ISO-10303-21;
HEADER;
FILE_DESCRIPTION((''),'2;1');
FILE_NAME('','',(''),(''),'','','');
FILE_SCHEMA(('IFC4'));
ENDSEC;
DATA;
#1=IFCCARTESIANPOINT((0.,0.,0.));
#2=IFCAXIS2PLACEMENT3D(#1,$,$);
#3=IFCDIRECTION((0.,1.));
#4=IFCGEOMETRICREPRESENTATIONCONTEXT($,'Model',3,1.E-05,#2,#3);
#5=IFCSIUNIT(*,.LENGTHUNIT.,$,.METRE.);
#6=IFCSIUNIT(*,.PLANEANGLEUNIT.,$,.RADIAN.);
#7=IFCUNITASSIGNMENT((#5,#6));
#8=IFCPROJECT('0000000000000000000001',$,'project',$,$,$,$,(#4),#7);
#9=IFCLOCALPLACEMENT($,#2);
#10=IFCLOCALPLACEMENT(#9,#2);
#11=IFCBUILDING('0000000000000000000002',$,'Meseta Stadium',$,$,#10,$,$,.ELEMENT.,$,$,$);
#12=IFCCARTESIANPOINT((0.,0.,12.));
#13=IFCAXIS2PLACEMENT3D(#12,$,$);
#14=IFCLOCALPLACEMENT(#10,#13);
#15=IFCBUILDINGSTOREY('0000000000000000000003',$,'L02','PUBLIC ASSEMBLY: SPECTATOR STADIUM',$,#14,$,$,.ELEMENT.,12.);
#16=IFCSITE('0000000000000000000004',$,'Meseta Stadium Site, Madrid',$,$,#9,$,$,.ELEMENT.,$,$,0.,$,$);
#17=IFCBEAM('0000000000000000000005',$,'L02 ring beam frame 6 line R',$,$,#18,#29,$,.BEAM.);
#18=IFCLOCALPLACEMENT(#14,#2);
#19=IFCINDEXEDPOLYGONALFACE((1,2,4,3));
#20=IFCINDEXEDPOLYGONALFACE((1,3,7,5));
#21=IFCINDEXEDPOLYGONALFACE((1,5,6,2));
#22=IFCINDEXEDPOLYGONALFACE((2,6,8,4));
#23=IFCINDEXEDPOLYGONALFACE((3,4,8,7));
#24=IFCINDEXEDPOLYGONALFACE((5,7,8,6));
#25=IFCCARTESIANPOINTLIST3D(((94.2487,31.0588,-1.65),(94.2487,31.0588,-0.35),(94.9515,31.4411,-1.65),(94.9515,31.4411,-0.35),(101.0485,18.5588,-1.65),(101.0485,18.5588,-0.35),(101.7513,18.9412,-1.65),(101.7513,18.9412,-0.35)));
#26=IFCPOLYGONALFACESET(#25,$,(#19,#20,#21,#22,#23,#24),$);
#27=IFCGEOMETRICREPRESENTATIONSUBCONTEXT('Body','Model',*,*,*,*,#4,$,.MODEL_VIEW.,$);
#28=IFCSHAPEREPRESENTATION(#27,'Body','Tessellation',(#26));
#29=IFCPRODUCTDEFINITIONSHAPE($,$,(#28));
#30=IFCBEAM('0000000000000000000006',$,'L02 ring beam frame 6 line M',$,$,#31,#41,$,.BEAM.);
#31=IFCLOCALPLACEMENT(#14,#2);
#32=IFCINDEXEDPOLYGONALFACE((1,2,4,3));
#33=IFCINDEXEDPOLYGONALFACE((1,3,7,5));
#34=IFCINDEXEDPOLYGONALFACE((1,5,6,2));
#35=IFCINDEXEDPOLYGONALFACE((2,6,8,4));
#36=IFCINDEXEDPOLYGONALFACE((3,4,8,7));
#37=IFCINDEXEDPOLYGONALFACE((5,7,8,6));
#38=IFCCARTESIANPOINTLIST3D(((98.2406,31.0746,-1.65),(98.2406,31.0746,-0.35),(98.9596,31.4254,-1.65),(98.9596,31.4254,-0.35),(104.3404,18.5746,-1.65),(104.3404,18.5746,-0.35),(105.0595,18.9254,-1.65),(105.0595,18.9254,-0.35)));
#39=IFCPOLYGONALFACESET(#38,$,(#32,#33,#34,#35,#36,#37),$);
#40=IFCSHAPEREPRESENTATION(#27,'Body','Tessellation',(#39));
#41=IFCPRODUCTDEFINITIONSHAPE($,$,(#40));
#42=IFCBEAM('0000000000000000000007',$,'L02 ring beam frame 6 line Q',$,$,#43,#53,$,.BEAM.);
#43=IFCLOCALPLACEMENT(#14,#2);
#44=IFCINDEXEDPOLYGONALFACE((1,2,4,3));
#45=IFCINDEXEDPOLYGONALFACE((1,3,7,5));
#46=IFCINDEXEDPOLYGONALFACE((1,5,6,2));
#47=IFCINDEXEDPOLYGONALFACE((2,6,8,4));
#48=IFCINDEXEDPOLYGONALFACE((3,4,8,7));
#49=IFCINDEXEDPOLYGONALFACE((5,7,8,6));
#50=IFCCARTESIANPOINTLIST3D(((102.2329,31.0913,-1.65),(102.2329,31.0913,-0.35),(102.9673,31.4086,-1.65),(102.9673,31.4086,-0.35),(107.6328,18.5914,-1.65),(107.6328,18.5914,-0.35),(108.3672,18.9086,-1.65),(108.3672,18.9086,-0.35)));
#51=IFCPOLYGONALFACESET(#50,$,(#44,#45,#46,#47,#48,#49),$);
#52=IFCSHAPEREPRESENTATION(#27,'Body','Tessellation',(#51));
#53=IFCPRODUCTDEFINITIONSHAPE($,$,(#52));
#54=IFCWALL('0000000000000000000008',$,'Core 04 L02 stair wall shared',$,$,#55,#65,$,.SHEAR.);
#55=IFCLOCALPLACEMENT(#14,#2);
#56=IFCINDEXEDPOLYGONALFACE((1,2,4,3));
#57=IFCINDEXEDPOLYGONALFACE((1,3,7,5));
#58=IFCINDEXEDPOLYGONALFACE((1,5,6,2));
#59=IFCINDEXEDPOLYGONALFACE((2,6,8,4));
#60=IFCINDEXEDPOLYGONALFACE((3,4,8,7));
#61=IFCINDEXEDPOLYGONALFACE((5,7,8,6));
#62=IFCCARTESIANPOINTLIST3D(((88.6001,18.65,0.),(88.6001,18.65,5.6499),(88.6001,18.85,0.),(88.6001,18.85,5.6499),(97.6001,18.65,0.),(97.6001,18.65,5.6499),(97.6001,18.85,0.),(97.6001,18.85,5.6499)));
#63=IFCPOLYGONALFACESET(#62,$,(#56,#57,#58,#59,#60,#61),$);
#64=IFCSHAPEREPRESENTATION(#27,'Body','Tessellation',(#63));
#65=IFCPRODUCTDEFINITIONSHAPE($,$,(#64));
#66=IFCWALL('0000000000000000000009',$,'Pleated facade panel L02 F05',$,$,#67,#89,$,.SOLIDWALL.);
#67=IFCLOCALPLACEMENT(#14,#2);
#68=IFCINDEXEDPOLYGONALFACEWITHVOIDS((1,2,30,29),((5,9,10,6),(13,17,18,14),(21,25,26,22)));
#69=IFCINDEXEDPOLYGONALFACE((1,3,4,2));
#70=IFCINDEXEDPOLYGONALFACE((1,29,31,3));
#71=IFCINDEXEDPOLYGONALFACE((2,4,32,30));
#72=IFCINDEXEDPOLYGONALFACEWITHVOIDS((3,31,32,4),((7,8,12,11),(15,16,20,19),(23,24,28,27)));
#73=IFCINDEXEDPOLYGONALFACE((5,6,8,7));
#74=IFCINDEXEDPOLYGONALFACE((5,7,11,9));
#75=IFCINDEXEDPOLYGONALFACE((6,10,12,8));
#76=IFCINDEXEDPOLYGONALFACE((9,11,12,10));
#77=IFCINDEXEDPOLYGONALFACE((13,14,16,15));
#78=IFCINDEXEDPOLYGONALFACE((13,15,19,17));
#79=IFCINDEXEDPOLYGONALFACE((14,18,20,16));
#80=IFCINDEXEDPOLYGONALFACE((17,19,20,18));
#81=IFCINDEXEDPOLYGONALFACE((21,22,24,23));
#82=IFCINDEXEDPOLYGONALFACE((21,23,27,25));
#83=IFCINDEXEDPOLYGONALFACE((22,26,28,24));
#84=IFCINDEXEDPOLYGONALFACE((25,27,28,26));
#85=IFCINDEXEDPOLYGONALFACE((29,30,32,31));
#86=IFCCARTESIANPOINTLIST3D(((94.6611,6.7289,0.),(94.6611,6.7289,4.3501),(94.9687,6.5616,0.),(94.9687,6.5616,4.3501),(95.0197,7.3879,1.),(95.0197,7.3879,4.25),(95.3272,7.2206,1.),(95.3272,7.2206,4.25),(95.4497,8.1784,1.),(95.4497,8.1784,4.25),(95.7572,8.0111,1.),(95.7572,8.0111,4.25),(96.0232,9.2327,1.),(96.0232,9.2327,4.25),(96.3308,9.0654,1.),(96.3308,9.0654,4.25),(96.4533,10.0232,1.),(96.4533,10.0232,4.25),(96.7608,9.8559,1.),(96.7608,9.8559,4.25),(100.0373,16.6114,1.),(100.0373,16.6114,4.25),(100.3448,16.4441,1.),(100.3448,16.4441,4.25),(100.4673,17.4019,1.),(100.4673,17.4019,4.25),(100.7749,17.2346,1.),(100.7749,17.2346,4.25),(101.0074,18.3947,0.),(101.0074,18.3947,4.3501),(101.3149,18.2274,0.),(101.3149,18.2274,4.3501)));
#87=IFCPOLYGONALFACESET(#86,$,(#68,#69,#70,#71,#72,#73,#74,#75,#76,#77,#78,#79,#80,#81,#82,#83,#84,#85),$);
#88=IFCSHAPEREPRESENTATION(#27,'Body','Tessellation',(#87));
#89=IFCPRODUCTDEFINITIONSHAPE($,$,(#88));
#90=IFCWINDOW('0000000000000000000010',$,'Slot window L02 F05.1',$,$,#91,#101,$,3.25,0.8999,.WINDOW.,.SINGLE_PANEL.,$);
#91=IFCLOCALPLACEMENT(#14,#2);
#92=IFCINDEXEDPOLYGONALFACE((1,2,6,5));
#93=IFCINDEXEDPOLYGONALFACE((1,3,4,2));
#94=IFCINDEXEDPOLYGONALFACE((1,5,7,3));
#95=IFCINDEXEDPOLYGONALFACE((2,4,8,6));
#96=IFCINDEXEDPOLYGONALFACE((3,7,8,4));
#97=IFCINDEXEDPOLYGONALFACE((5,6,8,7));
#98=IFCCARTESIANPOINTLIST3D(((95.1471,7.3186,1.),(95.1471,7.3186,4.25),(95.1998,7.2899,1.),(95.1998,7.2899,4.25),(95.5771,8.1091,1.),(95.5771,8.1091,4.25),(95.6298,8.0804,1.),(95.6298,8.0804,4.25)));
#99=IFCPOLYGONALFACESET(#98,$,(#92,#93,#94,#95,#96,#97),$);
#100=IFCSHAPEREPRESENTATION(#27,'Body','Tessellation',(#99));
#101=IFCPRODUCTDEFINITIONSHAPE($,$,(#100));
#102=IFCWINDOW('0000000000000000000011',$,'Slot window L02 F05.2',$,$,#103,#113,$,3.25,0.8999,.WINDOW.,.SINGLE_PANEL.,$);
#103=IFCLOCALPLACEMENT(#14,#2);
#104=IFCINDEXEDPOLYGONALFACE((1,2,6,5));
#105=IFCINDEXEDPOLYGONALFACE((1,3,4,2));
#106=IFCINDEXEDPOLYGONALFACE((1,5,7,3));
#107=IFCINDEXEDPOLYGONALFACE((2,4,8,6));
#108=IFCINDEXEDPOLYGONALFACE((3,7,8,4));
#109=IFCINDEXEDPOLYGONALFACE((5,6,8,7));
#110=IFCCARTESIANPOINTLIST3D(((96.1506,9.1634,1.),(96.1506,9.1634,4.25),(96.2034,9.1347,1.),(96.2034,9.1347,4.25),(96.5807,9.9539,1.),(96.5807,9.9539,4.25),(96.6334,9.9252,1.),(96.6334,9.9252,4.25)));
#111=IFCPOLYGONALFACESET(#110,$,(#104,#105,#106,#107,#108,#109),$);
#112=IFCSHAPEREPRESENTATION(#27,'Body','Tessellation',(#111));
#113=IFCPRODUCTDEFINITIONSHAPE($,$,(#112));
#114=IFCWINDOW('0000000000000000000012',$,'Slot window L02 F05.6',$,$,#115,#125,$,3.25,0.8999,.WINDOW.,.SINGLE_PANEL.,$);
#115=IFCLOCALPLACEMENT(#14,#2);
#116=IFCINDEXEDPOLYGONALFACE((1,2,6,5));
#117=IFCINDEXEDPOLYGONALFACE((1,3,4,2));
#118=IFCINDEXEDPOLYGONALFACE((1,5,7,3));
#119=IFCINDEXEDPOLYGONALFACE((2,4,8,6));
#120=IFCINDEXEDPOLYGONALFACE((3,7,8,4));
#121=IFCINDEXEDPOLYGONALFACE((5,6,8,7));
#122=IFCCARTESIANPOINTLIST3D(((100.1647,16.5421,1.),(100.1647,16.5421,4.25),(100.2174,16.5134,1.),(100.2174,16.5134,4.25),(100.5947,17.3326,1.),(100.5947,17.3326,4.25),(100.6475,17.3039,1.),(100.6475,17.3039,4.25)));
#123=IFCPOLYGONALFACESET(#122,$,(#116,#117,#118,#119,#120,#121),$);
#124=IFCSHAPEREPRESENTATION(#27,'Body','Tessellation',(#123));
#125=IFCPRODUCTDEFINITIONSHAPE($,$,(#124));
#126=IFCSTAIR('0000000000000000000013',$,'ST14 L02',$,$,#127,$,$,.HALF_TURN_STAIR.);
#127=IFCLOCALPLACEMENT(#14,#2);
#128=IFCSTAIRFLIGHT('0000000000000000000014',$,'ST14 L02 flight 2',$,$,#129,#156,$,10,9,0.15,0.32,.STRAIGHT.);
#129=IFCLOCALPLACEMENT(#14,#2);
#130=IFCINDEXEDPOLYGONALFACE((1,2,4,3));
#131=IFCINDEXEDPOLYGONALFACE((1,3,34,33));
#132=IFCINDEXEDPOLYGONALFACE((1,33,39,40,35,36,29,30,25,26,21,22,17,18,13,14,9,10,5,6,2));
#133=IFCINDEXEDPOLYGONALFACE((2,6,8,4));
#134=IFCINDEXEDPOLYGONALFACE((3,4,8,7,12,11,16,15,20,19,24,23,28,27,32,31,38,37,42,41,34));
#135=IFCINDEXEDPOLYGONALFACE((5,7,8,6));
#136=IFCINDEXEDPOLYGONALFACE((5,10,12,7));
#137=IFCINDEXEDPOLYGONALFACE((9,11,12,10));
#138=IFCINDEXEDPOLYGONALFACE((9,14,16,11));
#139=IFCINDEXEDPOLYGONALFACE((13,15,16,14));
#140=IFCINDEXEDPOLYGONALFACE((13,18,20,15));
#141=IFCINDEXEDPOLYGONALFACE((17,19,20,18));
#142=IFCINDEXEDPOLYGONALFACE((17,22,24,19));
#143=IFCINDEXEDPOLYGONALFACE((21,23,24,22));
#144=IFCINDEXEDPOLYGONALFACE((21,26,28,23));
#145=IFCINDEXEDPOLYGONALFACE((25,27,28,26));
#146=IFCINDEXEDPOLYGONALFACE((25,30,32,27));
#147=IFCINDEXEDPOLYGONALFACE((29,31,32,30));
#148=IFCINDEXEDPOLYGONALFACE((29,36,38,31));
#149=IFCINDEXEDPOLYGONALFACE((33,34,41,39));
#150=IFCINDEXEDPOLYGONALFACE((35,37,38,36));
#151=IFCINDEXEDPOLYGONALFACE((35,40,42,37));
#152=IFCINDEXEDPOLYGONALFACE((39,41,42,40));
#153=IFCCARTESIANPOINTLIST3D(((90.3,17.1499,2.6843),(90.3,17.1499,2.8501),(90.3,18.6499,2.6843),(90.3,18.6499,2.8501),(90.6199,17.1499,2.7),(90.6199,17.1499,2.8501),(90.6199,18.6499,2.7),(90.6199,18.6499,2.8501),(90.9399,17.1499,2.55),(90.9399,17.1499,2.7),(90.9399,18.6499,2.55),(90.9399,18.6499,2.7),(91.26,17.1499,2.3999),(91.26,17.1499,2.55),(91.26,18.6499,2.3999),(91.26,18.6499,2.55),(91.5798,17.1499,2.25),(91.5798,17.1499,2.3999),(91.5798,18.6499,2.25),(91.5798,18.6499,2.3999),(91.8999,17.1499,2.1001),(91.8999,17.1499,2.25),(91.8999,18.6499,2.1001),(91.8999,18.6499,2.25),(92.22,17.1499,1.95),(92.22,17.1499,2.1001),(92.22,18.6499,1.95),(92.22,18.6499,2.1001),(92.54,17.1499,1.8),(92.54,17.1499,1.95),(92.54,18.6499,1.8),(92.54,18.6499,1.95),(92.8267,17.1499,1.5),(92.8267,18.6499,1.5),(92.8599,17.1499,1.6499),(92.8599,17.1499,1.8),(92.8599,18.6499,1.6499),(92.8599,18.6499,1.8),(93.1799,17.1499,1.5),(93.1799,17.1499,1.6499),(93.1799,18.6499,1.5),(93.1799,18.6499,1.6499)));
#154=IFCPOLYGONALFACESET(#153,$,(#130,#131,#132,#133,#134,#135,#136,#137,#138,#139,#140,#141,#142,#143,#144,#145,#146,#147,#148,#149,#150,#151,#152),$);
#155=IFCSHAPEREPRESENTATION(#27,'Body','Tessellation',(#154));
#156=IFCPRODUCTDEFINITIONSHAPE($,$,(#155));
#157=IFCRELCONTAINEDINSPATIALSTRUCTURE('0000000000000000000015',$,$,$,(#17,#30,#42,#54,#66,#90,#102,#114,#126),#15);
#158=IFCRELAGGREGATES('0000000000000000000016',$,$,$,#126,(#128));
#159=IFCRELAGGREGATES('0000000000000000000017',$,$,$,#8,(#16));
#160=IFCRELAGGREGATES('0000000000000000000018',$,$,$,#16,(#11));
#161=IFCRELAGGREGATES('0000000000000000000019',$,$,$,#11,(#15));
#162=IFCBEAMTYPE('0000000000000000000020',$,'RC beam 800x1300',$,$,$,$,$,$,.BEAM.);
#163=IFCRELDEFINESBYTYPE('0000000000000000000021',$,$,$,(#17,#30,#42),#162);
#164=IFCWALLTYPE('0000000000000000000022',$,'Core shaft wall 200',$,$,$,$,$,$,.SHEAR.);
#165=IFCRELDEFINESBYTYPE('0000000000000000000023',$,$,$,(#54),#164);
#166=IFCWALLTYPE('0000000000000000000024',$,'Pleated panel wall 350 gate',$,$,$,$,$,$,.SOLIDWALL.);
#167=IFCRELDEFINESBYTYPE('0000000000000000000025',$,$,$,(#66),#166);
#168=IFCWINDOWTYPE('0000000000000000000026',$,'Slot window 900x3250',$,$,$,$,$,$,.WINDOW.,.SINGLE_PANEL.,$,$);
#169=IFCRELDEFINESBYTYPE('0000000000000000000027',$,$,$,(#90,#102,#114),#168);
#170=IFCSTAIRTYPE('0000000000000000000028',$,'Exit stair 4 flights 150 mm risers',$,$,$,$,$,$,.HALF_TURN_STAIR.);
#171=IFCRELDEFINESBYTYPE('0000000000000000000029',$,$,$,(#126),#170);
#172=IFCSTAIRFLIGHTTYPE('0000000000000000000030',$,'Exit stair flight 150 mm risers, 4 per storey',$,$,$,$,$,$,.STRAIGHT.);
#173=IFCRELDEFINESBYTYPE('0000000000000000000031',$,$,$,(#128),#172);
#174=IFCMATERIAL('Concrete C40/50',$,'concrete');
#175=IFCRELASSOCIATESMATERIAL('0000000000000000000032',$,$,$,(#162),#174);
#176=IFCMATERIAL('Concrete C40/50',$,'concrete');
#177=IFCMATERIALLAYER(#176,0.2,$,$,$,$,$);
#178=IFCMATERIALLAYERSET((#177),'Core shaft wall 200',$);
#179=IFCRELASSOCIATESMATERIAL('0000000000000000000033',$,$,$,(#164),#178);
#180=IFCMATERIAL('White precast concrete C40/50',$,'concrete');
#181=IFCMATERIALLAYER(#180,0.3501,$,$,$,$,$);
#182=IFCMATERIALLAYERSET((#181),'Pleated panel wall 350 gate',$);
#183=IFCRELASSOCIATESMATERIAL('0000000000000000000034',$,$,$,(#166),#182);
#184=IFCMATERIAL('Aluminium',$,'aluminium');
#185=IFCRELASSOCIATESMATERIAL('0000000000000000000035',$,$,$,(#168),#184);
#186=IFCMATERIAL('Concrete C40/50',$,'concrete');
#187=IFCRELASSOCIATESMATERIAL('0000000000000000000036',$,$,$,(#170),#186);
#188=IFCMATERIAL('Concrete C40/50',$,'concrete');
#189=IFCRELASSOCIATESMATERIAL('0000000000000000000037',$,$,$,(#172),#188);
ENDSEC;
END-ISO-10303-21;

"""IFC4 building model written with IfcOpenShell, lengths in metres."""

from ifc_helpers import new_model, si_unit, direction, frame, frame_2d, origin, origin_2d, place, context, subcontext, project, spatial, polyline, rectangle, outline, extrude, material, layer, layer_set, material_profile, profile_set, type_object, element, fill, aggregate, save


model = new_model("IFC4")

# Units and contexts
model_context = context("Model", 3, precision=1e-05, world=origin(), true_north=direction((0.0, 1.0)))
body_context = subcontext(model_context, "Body", "Model", "MODEL_VIEW")
ifc_project = project(units=[si_unit("LENGTHUNIT", "METRE"), si_unit("PLANEANGLEUNIT", "RADIAN")], contexts=[model_context])

# Site, building, storey
site_placement = place(None, origin())
site = spatial("IfcSite", under=ifc_project, at=site_placement, Name="Meseta Stadium Site, Madrid", CompositionType="ELEMENT", RefElevation=0.0)
building_placement = place(site_placement, origin())
building = spatial("IfcBuilding", under=site, at=building_placement, Name="Meseta Stadium", CompositionType="ELEMENT")
storey_placement = place(building_placement, frame((0.0, 0.0, 12.0)))
storey = spatial("IfcBuildingStorey", under=building, at=storey_placement, Name="L02", Description="PUBLIC ASSEMBLY: SPECTATOR STADIUM", CompositionType="ELEMENT", Elevation=12.0)

# Beams
ifc_material_1 = material(Name="Concrete C40/50", Category="concrete")
ifc_material_profile_1 = material_profile(ifc_material_1, rectangle(XDim=0.8, YDim=1.3, at=origin_2d()), Name="RC 800x1300")
ifc_profile_set_1 = profile_set([ifc_material_profile_1], Name="Concrete C40/50")
beam_type_1 = type_object("IfcBeamType", Name="RC beam 800x1300", PredefinedType="BEAM", material=ifc_profile_set_1)
beam_1_placement = place(storey_placement, frame((101.3999, 18.75, -1.0), z_axis=(-0.477856, 0.878438, 0.0), x_axis=(-0.878438, -0.477856, 0.0)))
element("IfcBeam", 1, at=beam_1_placement, inside=storey, type_object=beam_type_1, Name="L02 ring beam frame 6 line R", PredefinedType="BEAM", context=body_context, shape_type="SweptSolid", body=[
    extrude(rectangle(XDim=0.8, YDim=1.3, at=origin_2d()), origin(), (0.0, 0.0, 1.0), 14.2297),
])
beam_2_placement = place(storey_placement, frame((104.7, 18.75, -1.0), z_axis=(-0.438557, 0.898703, 0.0), x_axis=(-0.898703, -0.438557, 0.0)))
element("IfcBeam", 2, at=beam_2_placement, inside=storey, type_object=beam_type_1, Name="L02 ring beam frame 6 line M", PredefinedType="BEAM", context=body_context, shape_type="SweptSolid", body=[
    extrude(rectangle(XDim=0.8, YDim=1.3, at=origin_2d()), origin(), (0.0, 0.0, 1.0), 13.9089),
])
beam_3_placement = place(storey_placement, frame((108.0, 18.75, -1.0), z_axis=(-0.396571, 0.918004, 0.0), x_axis=(-0.918004, -0.396571, 0.0)))
element("IfcBeam", 3, at=beam_3_placement, inside=storey, type_object=beam_type_1, Name="L02 ring beam frame 6 line Q", PredefinedType="BEAM", context=body_context, shape_type="SweptSolid", body=[
    extrude(rectangle(XDim=0.8, YDim=1.3, at=origin_2d()), origin(), (0.0, 0.0, 1.0), 13.6165),
])

# Wall
ifc_material_2 = material(Name="Concrete C40/50", Category="concrete")
ifc_layer_1 = layer(ifc_material_2, 0.2)
ifc_layer_set_1 = layer_set([ifc_layer_1], Name="Core shaft wall 200")
wall_type_1 = type_object("IfcWallType", Name="Core shaft wall 200", PredefinedType="SHEAR", material=ifc_layer_set_1)
wall_1_placement = place(storey_placement, frame((97.6001, 18.75, 0.0), z_axis=(0.0, 0.0, 1.0), x_axis=(-1.0, 0.0, 0.0)))
element("IfcWall", 4, at=wall_1_placement, inside=storey, type_object=wall_type_1, Name="Core 04 L02 stair wall shared", PredefinedType="SHEAR", context=body_context, shape_type="SweptSolid", body=[
    extrude(rectangle(XDim=9.0, YDim=0.2, at=frame_2d((4.5, 0.0))), origin(), (0.0, 0.0, 1.0), 5.6499),
])

# Wall, openings, windows
ifc_material_3 = material(Name="White precast concrete C40/50", Category="concrete")
ifc_layer_2 = layer(ifc_material_3, 0.3501)
ifc_layer_set_2 = layer_set([ifc_layer_2], Name="Pleated panel wall 350 gate")
wall_type_2 = type_object("IfcWallType", Name="Pleated panel wall 350 gate", PredefinedType="SOLIDWALL", material=ifc_layer_set_2)
wall_2_placement = place(storey_placement, frame((101.1611, 18.311, 0.0), z_axis=(0.0, 0.0, 1.0), x_axis=(-0.477868, -0.878432, 0.0)))
wall_2 = element("IfcWall", 5, at=wall_2_placement, inside=storey, type_object=wall_type_2, Name="Pleated facade panel L02 F05", PredefinedType="SOLIDWALL", context=body_context, shape_type="SweptSolid", body=[
    extrude(rectangle(XDim=13.2803, YDim=0.3501, at=frame_2d((6.6401, 0.0))), origin(), (0.0, 0.0, 1.0), 4.3501),
])
opening_1_placement = place(wall_2_placement, frame((11.6301, 0.0, 1.0)))
opening_1 = element("IfcOpeningElement", 6, at=opening_1_placement, cuts=wall_2, PredefinedType="OPENING", context=body_context, shape_type="SweptSolid", body=[
    extrude(rectangle(XDim=0.8999, YDim=3.25, at=frame_2d((0.45, 1.625))), frame((0.0, 0.1851, 0.0), z_axis=(0.0, -1.0, 0.0), x_axis=(1.0, 0.0, 0.0)), (0.0, 0.0, 1.0), 0.3701),
])
opening_2_placement = place(wall_2_placement, frame((9.53, 0.0, 1.0)))
opening_2 = element("IfcOpeningElement", 7, at=opening_2_placement, cuts=wall_2, PredefinedType="OPENING", context=body_context, shape_type="SweptSolid", body=[
    extrude(rectangle(XDim=0.8999, YDim=3.25, at=frame_2d((0.45, 1.625))), frame((0.0, 0.1851, 0.0), z_axis=(0.0, -1.0, 0.0), x_axis=(1.0, 0.0, 0.0)), (0.0, 0.0, 1.0), 0.3701),
])
opening_3_placement = place(wall_2_placement, frame((1.1301, 0.0, 1.0)))
opening_3 = element("IfcOpeningElement", 8, at=opening_3_placement, cuts=wall_2, PredefinedType="OPENING", context=body_context, shape_type="SweptSolid", body=[
    extrude(rectangle(XDim=0.8999, YDim=3.25, at=frame_2d((0.45, 1.625))), frame((0.0, 0.1851, 0.0), z_axis=(0.0, -1.0, 0.0), x_axis=(1.0, 0.0, 0.0)), (0.0, 0.0, 1.0), 0.3701),
])
ifc_material_4 = material(Name="Aluminium", Category="aluminium")
window_type = type_object("IfcWindowType", Name="Slot window 900x3250", PartitioningType="SINGLE_PANEL", PredefinedType="WINDOW", material=ifc_material_4)
window_1_placement = place(opening_1_placement, origin())
window_1 = element("IfcWindow", 9, at=window_1_placement, inside=storey, type_object=window_type, Name="Slot window L02 F05.1", OverallHeight=3.25, OverallWidth=0.8999, PartitioningType="SINGLE_PANEL", PredefinedType="WINDOW", context=body_context, shape_type="SweptSolid", body=[
    extrude(rectangle(XDim=0.8999, YDim=3.25, at=frame_2d((0.45, 1.625))), frame((0.0, 0.03, 0.0), z_axis=(0.0, -1.0, 0.0), x_axis=(1.0, 0.0, 0.0)), (0.0, 0.0, 1.0), 0.0601),
])
fill(opening_1, window_1)
window_2_placement = place(opening_2_placement, origin())
window_2 = element("IfcWindow", 10, at=window_2_placement, inside=storey, type_object=window_type, Name="Slot window L02 F05.2", OverallHeight=3.25, OverallWidth=0.8999, PartitioningType="SINGLE_PANEL", PredefinedType="WINDOW", context=body_context, shape_type="SweptSolid", body=[
    extrude(rectangle(XDim=0.8999, YDim=3.25, at=frame_2d((0.45, 1.625))), frame((0.0, 0.03, 0.0), z_axis=(0.0, -1.0, 0.0), x_axis=(1.0, 0.0, 0.0)), (0.0, 0.0, 1.0), 0.0601),
])
fill(opening_2, window_2)
window_3_placement = place(opening_3_placement, origin())
window_3 = element("IfcWindow", 11, at=window_3_placement, inside=storey, type_object=window_type, Name="Slot window L02 F05.6", OverallHeight=3.25, OverallWidth=0.8999, PartitioningType="SINGLE_PANEL", PredefinedType="WINDOW", context=body_context, shape_type="SweptSolid", body=[
    extrude(rectangle(XDim=0.8999, YDim=3.25, at=frame_2d((0.45, 1.625))), frame((0.0, 0.03, 0.0), z_axis=(0.0, -1.0, 0.0), x_axis=(1.0, 0.0, 0.0)), (0.0, 0.0, 1.0), 0.0601),
])
fill(opening_3, window_3)

# Stair, stair flight
ifc_material_5 = material(Name="Concrete C40/50", Category="concrete")
stair_type = type_object("IfcStairType", Name="Exit stair 4 flights 150 mm risers", PredefinedType="HALF_TURN_STAIR", material=ifc_material_5)
stair_placement = place(storey_placement, origin())
stair = element("IfcStair", 12, at=stair_placement, inside=storey, type_object=stair_type, Name="ST14 L02", PredefinedType="HALF_TURN_STAIR")
ifc_material_6 = material(Name="Concrete C40/50", Category="concrete")
stair_flight_type = type_object("IfcStairFlightType", Name="Exit stair flight 150 mm risers, 4 per storey", PredefinedType="STRAIGHT", material=ifc_material_6)
stair_flight_1_placement = place(storey_placement, frame((93.1799, 17.8999, 1.5), z_axis=(0.0, 0.0, 1.0), x_axis=(-1.0, 0.0, 0.0)))
stair_flight_1 = element("IfcStairFlight", 13, at=stair_flight_1_placement, type_object=stair_flight_type, Name="ST14 L02 flight 2", NumberOfRisers=10, NumberOfTreads=9, PredefinedType="STRAIGHT", RiserHeight=0.15, TreadLength=0.32, context=body_context, shape_type="SweptSolid", body=[
    extrude(outline(polyline([(0.0, 0.0), (0.0, 0.1499), (0.3201, 0.1499), (0.3201, 0.3), (0.6399, 0.3), (0.6399, 0.45), (0.96, 0.45), (0.96, 0.6001), (1.28, 0.6001), (1.28, 0.75), (1.6001, 0.75), (1.6001, 0.8999), (1.9199, 0.8999), (1.9199, 1.05), (2.24, 1.05), (2.24, 1.2), (2.5601, 1.2), (2.5601, 1.3501), (2.8799, 1.3501), (2.8799, 1.1843), (0.3533, 0.0), (0.0, 0.0)])), frame((0.0, 0.75, 0.0), z_axis=(0.0, -1.0, 0.0), x_axis=(1.0, 0.0, 0.0)), (0.0, 0.0, 1.0), 1.5),
])
aggregate(stair, [stair_flight_1])

save(model, "model.ifc")
